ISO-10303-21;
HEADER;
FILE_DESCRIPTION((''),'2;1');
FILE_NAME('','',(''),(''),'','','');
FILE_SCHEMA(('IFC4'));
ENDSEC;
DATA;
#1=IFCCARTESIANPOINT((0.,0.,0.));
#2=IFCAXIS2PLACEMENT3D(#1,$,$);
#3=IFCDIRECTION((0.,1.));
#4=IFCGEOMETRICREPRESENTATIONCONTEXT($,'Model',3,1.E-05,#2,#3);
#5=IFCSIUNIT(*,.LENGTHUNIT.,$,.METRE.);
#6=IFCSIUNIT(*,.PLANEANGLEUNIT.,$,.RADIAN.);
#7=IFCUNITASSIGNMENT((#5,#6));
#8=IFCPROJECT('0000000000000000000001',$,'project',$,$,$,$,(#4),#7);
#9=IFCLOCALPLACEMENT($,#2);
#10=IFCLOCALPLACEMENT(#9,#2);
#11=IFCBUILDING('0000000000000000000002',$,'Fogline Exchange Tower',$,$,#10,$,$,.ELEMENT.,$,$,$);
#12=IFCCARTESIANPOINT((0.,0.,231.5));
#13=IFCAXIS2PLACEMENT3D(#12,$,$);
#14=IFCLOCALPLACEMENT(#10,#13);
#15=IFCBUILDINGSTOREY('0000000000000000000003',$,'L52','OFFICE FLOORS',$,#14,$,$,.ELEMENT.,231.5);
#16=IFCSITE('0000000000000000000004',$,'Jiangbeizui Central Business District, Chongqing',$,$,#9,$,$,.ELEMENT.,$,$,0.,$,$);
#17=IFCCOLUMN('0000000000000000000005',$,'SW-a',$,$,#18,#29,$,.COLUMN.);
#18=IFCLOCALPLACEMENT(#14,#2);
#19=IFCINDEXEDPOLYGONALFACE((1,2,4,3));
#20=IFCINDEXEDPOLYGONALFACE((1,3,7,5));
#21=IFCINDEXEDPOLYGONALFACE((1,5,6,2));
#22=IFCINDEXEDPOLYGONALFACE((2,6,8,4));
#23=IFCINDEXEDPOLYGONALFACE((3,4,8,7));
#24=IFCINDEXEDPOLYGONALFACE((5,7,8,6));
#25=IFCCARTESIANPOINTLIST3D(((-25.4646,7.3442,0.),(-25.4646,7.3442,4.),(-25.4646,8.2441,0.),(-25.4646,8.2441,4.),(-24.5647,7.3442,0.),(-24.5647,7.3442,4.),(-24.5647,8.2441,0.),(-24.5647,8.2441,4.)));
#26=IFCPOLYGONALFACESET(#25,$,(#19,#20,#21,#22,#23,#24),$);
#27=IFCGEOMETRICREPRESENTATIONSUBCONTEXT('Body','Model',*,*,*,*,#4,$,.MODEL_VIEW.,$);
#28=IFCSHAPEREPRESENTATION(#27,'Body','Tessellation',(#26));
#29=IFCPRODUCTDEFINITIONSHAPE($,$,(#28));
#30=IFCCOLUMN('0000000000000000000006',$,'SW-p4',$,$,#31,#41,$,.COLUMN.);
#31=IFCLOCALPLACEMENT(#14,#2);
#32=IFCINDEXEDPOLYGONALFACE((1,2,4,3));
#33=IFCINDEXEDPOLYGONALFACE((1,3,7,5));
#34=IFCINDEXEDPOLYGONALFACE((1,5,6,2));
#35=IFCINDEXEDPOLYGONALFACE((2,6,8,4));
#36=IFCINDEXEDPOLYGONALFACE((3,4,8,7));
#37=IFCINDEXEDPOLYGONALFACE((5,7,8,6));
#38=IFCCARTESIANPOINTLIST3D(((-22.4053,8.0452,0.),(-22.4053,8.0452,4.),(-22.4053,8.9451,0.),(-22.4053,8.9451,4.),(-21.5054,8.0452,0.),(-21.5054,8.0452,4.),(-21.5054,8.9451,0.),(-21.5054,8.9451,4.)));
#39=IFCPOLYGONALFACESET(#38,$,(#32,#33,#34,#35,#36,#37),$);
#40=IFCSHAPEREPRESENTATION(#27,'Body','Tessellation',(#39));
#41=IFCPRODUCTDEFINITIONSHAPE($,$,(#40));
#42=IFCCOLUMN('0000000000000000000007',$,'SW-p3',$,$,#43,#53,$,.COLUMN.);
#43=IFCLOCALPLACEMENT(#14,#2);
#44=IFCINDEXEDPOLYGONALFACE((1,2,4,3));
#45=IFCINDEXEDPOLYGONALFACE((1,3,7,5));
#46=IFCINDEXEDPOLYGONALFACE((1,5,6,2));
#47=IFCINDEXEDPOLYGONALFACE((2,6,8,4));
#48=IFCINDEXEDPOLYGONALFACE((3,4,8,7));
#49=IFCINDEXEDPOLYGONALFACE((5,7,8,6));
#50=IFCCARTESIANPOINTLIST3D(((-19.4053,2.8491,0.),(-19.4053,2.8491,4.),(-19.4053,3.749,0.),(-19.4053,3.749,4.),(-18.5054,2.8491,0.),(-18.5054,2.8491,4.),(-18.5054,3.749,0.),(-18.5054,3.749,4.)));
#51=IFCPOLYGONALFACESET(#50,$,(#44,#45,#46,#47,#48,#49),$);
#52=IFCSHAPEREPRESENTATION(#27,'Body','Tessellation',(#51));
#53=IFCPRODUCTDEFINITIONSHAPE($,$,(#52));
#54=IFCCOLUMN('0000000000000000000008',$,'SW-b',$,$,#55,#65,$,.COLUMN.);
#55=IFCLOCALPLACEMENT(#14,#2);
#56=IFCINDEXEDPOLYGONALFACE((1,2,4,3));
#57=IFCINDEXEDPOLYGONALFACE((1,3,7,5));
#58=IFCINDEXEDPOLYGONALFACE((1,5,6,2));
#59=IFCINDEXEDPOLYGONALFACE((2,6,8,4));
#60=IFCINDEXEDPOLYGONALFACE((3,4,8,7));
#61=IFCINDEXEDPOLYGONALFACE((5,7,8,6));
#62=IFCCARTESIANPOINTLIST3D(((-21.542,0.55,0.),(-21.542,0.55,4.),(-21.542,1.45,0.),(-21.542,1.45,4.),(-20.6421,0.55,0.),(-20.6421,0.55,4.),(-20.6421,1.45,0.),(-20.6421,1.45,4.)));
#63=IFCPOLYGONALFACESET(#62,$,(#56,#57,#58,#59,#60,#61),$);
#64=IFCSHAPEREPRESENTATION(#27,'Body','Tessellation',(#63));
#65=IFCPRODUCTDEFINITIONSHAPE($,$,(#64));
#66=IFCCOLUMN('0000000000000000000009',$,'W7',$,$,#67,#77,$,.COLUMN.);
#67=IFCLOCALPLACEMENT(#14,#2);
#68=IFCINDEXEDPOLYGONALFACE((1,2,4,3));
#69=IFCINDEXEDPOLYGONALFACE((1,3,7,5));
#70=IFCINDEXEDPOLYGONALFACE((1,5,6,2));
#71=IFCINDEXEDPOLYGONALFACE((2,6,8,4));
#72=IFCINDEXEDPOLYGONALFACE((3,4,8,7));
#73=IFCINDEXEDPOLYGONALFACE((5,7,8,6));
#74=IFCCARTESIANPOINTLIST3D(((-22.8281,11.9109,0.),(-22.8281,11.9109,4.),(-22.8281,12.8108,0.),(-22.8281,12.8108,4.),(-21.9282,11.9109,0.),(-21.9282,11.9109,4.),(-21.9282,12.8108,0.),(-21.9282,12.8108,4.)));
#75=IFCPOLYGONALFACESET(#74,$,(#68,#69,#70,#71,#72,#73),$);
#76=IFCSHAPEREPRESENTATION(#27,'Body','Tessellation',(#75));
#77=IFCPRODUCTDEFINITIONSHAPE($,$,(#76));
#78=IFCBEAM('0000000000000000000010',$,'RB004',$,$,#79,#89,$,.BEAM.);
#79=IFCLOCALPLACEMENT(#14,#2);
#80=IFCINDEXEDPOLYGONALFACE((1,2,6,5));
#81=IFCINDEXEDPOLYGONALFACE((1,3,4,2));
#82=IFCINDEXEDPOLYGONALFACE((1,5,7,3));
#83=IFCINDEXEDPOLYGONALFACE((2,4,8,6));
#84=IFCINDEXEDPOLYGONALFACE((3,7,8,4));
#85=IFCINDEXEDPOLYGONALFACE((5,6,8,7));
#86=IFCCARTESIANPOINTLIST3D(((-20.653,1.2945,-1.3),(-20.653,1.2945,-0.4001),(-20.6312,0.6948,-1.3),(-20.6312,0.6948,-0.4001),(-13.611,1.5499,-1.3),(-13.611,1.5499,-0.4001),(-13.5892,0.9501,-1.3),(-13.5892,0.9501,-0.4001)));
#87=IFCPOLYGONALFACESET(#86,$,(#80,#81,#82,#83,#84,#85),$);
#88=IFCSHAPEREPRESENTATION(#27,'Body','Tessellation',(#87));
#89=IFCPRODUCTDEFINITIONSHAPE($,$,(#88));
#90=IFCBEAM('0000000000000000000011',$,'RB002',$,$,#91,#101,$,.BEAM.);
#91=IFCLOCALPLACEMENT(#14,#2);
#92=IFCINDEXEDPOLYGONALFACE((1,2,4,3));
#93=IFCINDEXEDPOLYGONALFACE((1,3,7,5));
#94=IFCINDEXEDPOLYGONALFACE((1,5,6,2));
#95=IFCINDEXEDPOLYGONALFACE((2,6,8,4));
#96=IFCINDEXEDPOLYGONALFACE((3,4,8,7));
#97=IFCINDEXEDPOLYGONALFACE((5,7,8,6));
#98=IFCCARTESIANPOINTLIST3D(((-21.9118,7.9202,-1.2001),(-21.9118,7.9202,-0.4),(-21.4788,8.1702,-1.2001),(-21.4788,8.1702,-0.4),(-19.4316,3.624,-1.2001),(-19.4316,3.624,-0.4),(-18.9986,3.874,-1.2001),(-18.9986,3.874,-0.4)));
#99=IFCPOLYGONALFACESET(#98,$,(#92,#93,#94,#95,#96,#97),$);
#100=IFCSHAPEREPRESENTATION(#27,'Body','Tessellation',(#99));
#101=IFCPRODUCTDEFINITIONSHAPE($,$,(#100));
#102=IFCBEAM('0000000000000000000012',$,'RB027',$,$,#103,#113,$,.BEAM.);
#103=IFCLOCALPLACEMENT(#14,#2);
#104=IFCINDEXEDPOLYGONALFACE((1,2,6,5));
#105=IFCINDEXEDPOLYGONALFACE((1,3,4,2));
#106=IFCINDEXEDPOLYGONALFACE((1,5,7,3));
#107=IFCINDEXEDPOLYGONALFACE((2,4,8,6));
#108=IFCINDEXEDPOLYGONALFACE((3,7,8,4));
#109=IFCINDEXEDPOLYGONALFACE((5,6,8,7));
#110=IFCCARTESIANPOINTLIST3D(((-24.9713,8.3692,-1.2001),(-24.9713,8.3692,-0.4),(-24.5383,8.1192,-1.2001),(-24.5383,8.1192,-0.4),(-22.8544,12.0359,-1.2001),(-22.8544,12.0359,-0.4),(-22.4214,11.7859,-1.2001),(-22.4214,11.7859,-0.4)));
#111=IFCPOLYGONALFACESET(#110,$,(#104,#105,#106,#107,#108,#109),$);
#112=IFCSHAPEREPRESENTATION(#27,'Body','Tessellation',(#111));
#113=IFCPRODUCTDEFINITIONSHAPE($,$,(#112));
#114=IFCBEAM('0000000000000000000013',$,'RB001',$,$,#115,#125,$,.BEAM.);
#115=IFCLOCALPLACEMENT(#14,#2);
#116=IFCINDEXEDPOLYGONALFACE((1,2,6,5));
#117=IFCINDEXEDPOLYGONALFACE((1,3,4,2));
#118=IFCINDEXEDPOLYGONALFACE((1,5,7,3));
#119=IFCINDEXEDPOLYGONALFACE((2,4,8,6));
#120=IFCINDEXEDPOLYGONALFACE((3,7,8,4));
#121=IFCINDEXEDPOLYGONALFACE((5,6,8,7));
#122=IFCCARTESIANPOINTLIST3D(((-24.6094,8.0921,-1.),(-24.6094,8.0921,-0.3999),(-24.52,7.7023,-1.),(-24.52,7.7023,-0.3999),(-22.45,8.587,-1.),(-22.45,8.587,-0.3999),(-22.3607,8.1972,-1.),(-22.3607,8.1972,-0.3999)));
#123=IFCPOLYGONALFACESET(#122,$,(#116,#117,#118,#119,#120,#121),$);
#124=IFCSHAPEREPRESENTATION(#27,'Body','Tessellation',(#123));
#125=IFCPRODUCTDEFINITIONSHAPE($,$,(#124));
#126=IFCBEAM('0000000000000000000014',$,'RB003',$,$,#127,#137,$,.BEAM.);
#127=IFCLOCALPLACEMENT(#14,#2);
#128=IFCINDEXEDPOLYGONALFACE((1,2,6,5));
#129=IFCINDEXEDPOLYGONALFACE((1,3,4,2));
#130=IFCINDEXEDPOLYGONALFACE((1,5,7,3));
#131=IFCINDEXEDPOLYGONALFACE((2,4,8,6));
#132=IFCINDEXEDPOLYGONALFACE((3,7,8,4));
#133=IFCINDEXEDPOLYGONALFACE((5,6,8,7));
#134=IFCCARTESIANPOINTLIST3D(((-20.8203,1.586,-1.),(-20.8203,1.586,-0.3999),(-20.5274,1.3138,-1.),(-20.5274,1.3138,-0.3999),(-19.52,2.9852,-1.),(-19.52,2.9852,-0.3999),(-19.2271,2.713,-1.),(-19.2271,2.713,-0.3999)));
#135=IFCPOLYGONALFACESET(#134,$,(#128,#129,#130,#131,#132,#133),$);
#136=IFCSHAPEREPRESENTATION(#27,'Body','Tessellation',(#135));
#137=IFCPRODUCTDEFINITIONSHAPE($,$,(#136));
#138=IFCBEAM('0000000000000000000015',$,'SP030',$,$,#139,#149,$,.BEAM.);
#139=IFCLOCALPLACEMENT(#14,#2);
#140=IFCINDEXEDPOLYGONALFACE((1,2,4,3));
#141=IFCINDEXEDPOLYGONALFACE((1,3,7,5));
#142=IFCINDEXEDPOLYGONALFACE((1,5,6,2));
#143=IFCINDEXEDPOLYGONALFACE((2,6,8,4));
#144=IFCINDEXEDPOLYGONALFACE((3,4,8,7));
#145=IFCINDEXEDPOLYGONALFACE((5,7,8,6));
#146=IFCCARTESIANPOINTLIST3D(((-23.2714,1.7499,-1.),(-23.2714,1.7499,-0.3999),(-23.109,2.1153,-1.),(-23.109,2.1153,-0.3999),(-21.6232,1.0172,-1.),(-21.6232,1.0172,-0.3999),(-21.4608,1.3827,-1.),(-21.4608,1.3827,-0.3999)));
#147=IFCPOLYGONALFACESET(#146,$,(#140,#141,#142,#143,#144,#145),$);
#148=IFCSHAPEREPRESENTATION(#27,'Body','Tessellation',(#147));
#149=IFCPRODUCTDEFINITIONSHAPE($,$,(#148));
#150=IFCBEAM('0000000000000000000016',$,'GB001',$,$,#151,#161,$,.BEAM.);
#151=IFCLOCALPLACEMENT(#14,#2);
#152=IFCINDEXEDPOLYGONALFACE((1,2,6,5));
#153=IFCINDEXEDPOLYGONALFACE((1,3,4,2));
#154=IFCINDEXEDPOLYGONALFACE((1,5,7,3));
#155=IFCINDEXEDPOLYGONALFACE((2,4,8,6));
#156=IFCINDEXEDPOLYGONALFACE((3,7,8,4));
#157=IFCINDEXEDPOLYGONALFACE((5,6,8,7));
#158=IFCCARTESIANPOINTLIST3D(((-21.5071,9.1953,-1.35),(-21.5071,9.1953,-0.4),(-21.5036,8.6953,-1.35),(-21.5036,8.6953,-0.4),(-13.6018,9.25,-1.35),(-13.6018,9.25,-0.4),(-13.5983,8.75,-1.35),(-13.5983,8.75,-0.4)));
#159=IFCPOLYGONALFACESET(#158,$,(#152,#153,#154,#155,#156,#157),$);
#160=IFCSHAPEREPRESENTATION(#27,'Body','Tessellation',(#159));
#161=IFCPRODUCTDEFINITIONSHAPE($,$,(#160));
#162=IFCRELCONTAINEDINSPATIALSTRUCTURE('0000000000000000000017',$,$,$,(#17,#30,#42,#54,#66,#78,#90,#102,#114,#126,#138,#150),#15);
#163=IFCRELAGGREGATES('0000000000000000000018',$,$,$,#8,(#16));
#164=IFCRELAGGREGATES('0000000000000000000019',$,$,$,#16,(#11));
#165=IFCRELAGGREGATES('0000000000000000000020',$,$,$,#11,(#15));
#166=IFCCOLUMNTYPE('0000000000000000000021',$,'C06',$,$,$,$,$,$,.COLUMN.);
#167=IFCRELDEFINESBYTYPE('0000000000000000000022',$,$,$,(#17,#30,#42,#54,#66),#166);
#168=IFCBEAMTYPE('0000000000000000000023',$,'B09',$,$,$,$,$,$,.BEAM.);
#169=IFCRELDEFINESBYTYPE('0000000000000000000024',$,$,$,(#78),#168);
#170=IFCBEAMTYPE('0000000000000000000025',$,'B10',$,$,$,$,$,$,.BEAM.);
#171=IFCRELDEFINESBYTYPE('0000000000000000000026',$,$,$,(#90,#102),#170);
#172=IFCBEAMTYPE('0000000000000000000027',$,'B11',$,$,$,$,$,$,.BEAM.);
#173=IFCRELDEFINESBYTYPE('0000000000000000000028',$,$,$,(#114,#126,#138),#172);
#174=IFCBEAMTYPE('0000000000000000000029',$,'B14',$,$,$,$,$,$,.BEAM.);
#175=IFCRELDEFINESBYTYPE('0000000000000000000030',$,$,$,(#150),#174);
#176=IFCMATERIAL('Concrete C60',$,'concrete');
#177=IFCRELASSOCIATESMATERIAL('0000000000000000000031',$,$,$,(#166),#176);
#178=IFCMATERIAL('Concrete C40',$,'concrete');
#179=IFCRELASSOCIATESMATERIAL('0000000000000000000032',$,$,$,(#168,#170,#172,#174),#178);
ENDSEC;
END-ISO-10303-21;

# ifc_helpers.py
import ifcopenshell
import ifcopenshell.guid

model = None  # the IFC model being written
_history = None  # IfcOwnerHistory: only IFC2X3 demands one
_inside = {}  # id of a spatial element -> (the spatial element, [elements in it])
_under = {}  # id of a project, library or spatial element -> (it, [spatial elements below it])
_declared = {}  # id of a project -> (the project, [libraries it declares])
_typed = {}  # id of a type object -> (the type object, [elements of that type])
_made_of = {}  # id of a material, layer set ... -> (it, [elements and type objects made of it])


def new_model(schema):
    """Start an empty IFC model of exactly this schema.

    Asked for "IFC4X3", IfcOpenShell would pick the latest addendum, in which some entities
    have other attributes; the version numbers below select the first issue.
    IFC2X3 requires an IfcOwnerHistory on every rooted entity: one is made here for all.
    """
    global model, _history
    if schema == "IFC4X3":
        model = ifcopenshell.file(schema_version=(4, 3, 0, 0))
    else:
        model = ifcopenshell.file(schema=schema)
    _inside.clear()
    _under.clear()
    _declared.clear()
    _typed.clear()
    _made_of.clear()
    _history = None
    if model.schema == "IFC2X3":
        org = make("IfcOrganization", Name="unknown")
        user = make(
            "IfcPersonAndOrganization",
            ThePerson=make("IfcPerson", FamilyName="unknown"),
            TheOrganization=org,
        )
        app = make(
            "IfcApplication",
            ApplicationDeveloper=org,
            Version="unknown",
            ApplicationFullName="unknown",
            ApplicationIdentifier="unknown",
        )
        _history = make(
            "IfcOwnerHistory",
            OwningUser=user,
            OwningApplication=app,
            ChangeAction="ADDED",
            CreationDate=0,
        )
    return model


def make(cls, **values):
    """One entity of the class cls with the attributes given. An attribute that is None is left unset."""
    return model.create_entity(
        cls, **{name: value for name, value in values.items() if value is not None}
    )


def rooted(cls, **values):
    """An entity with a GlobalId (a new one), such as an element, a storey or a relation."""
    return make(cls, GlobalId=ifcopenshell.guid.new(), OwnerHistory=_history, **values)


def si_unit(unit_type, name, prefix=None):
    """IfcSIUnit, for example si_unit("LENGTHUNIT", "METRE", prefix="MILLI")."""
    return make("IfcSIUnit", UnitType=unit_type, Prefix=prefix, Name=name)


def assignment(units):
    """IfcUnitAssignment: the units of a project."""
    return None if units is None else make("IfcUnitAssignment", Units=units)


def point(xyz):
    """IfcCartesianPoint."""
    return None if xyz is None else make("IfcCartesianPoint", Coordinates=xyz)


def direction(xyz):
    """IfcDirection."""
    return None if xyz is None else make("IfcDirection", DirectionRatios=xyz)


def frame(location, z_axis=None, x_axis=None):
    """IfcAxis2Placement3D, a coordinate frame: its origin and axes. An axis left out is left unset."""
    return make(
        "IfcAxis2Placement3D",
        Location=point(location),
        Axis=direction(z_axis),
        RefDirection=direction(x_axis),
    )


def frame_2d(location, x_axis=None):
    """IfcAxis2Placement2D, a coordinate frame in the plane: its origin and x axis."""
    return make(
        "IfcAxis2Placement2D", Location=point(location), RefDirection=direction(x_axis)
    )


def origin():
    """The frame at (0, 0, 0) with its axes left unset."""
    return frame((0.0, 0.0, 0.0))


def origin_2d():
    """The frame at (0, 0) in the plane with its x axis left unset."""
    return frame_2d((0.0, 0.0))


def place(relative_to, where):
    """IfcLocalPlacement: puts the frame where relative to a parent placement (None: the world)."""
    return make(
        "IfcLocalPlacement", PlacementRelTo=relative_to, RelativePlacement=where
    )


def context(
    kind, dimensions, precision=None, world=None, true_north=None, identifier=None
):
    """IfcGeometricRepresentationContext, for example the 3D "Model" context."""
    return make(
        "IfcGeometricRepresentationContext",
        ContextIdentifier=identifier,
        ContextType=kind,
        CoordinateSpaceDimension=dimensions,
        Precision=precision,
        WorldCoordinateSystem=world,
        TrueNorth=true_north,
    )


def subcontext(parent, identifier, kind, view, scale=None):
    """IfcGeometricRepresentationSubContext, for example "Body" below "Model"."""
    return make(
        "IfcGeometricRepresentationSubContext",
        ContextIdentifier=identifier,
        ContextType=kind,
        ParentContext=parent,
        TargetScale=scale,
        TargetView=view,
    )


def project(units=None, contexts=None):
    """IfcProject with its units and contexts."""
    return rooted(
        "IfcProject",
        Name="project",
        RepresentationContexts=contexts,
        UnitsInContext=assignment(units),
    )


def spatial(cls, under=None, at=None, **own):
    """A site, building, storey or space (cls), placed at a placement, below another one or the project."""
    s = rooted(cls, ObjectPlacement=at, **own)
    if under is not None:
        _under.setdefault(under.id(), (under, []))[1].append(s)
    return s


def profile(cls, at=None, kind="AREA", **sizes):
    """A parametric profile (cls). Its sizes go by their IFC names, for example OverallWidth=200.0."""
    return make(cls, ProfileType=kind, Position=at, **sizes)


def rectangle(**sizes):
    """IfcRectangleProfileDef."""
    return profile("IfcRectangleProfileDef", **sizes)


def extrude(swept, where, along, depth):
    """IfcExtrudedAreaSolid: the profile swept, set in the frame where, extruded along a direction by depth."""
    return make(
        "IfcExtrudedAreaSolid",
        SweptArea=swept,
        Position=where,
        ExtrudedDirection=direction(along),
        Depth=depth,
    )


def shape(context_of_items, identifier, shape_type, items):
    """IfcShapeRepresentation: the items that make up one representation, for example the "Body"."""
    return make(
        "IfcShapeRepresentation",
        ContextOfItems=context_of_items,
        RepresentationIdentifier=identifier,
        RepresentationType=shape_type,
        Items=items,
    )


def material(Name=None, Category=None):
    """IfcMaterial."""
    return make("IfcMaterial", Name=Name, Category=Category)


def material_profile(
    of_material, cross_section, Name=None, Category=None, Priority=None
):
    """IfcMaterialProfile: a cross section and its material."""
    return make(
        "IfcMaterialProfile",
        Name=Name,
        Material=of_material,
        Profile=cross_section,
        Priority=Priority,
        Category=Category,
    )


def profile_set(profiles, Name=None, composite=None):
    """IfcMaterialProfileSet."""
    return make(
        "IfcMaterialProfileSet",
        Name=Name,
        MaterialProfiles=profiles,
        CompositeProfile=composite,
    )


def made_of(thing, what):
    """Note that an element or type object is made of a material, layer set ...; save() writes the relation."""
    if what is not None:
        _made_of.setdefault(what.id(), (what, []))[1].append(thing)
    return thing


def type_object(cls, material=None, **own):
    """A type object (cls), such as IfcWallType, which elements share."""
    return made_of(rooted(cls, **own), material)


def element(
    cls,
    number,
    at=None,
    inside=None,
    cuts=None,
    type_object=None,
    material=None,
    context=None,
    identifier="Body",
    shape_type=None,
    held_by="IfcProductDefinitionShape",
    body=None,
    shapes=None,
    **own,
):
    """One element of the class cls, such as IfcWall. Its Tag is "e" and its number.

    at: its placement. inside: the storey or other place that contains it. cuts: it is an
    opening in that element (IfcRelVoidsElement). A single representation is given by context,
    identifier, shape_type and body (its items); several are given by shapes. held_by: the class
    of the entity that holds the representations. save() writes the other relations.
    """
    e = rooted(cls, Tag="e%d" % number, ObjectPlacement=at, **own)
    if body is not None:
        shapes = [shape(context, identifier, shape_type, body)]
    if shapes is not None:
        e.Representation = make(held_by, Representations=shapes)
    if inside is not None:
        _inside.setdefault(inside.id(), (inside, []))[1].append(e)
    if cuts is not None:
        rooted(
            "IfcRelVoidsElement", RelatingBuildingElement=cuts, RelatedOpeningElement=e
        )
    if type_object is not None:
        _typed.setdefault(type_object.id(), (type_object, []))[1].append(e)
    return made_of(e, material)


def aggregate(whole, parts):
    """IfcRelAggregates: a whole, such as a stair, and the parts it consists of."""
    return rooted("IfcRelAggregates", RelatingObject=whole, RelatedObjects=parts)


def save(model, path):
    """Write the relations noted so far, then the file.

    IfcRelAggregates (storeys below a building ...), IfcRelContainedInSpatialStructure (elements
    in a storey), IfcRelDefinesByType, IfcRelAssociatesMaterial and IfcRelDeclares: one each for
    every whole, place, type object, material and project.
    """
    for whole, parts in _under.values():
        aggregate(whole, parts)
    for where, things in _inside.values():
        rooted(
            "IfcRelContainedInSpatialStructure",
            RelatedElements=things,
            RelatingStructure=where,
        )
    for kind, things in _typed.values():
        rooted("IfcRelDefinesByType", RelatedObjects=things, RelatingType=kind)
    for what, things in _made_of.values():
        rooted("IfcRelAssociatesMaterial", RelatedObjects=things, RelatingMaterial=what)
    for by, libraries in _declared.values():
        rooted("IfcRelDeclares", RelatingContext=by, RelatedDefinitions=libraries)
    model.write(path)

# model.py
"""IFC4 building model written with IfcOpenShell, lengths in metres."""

from ifc_helpers import new_model, si_unit, direction, frame, origin, origin_2d, place, context, subcontext, project, spatial, rectangle, extrude, material, material_profile, profile_set, type_object, element, save


model = new_model("IFC4")

# Units and contexts
model_context = context("Model", 3, precision=1e-05, world=origin(), true_north=direction((0.0, 1.0)))
body_context = subcontext(model_context, "Body", "Model", "MODEL_VIEW")
ifc_project = project(units=[si_unit("LENGTHUNIT", "METRE"), si_unit("PLANEANGLEUNIT", "RADIAN")], contexts=[model_context])

# Site, building, storey
site_placement = place(None, origin())
site = spatial("IfcSite", under=ifc_project, at=site_placement, Name="Jiangbeizui Central Business District, Chongqing", CompositionType="ELEMENT", RefElevation=0.0)
building_placement = place(site_placement, origin())
building = spatial("IfcBuilding", under=site, at=building_placement, Name="Fogline Exchange Tower", CompositionType="ELEMENT")
storey_placement = place(building_placement, frame((0.0, 0.0, 231.5)))
storey = spatial("IfcBuildingStorey", under=building, at=storey_placement, Name="L52", Description="OFFICE FLOORS", CompositionType="ELEMENT", Elevation=231.5)

# Columns
ifc_material_1 = material(Name="Concrete C60", Category="concrete")
ifc_material_profile_1 = material_profile(ifc_material_1, rectangle(XDim=0.8999, YDim=0.8999, at=origin_2d()), Name="RC 900x900")
ifc_profile_set_1 = profile_set([ifc_material_profile_1], Name="Concrete C60")
column_type = type_object("IfcColumnType", Name="C06", PredefinedType="COLUMN", material=ifc_profile_set_1)
for number, where, z_axis, x_axis, name in (
    (1, (-25.0146, 7.7942, 0.0), (0.0, 0.0, 1.0), (1.0, 0.0, 0.0), "SW-a"),
    (2, (-21.9553, 8.4951, 0.0), (0.0, 0.0, 1.0), (1.0, 0.0, 0.0), "SW-p4"),
    (3, (-18.9553, 3.2991, 0.0), (0.0, 0.0, 1.0), (1.0, 0.0, 0.0), "SW-p3"),
    (4, (-21.092, 1.0, 0.0), (0.0, 0.0, 1.0), (1.0, 0.0, 0.0), "SW-b"),
    (5, (-22.3782, 12.3608, 0.0), (0.0, 0.0, 1.0), (1.0, 0.0, 0.0), "W7"),
):
    element("IfcColumn", number, at=place(storey_placement, frame(where, z_axis=z_axis, x_axis=x_axis)), inside=storey, type_object=column_type, Name=name, PredefinedType="COLUMN", context=body_context, shape_type="SweptSolid", body=[
        extrude(rectangle(XDim=0.8999, YDim=0.8999, at=origin_2d()), origin(), (0.0, 0.0, 1.0), 4.0),
    ])

# Beams
ifc_material_2 = material(Name="Concrete C40", Category="concrete")
ifc_material_profile_2 = material_profile(ifc_material_2, rectangle(XDim=0.6001, YDim=0.8999, at=origin_2d()), Name="RC 600x900")
ifc_profile_set_2 = profile_set([ifc_material_profile_2], Name="Concrete C40")
beam_type_1 = type_object("IfcBeamType", Name="B09", PredefinedType="BEAM", material=ifc_profile_set_2)
beam_1_placement = place(storey_placement, frame((-20.6421, 0.9946, -0.8501), z_axis=(0.999343, 0.03624, 0.0), x_axis=(-0.03624, 0.999343, 0.0)))
element("IfcBeam", 6, at=beam_1_placement, inside=storey, type_object=beam_type_1, Name="RB004", PredefinedType="BEAM", context=body_context, shape_type="SweptSolid", body=[
    extrude(rectangle(XDim=0.6001, YDim=0.8999, at=origin_2d()), origin(), (0.0, 0.0, 1.0), 7.0466),
])
ifc_material_profile_3 = material_profile(ifc_material_2, rectangle(XDim=0.5, YDim=0.8, at=origin_2d()), Name="RC 500x800")
ifc_profile_set_3 = profile_set([ifc_material_profile_3], Name="Concrete C40")
beam_type_2 = type_object("IfcBeamType", Name="B10", PredefinedType="BEAM", material=ifc_profile_set_3)
beam_2_placement = place(storey_placement, frame((-21.6953, 8.0452, -0.8), z_axis=(0.499977, -0.866039, 0.0), x_axis=(0.866039, 0.499977, 0.0)))
element("IfcBeam", 7, at=beam_2_placement, inside=storey, type_object=beam_type_2, Name="RB002", PredefinedType="BEAM", context=body_context, shape_type="SweptSolid", body=[
    extrude(rectangle(XDim=0.5, YDim=0.8, at=origin_2d()), origin(), (0.0, 0.0, 1.0), 4.9607),
])
beam_3_placement = place(storey_placement, frame((-22.6379, 11.9109, -0.8), z_axis=(-0.49999, -0.866031, 0.0), x_axis=(0.866031, -0.49999, 0.0)))
element("IfcBeam", 8, at=beam_3_placement, inside=storey, type_object=beam_type_2, Name="RB027", PredefinedType="BEAM", context=body_context, shape_type="SweptSolid", body=[
    extrude(rectangle(XDim=0.5, YDim=0.8, at=origin_2d()), origin(), (0.0, 0.0, 1.0), 4.2339),
])
ifc_material_profile_4 = material_profile(ifc_material_2, rectangle(XDim=0.3999, YDim=0.6001, at=origin_2d()), Name="RC 400x600")
ifc_profile_set_4 = profile_set([ifc_material_profile_4], Name="Concrete C40")
beam_type_3 = type_object("IfcBeamType", Name="B11", PredefinedType="BEAM", material=ifc_profile_set_4)
beam_4_placement = place(storey_placement, frame((-24.5647, 7.8972, -0.7), z_axis=(0.974732, 0.223378, 0.0), x_axis=(-0.223378, 0.974732, 0.0)))
element("IfcBeam", 9, at=beam_4_placement, inside=storey, type_object=beam_type_3, Name="RB001", PredefinedType="BEAM", context=body_context, shape_type="SweptSolid", body=[
    extrude(rectangle(XDim=0.3999, YDim=0.6001, at=origin_2d()), origin(), (0.0, 0.0, 1.0), 2.2153),
])
beam_5_placement = place(storey_placement, frame((-19.3735, 2.8491, -0.7), z_axis=(-0.68075, -0.732516, 0.0), x_axis=(0.732516, -0.68075, 0.0)))
element("IfcBeam", 10, at=beam_5_placement, inside=storey, type_object=beam_type_3, Name="RB003", PredefinedType="BEAM", context=body_context, shape_type="SweptSolid", body=[
    extrude(rectangle(XDim=0.3999, YDim=0.6001, at=origin_2d()), origin(), (0.0, 0.0, 1.0), 1.9102),
])
beam_6_placement = place(storey_placement, frame((-21.542, 1.2, -0.7), z_axis=(-0.913784, 0.406201, 0.0), x_axis=(-0.406201, -0.913784, 0.0)))
element("IfcBeam", 11, at=beam_6_placement, inside=storey, type_object=beam_type_3, Name="SP030", PredefinedType="BEAM", context=body_context, shape_type="SweptSolid", body=[
    extrude(rectangle(XDim=0.3999, YDim=0.6001, at=origin_2d()), origin(), (0.0, 0.0, 1.0), 1.8037),
])
ifc_material_profile_5 = material_profile(ifc_material_2, rectangle(XDim=0.5, YDim=0.95, at=origin_2d()), Name="RC 500x950")
ifc_profile_set_5 = profile_set([ifc_material_profile_5], Name="Concrete C40")
beam_type_4 = type_object("IfcBeamType", Name="B14", PredefinedType="BEAM", material=ifc_profile_set_5)
beam_7_placement = place(storey_placement, frame((-21.5054, 8.9453, -0.875), z_axis=(0.999976, 0.006918, 0.0), x_axis=(-0.006918, 0.999976, 0.0)))
element("IfcBeam", 12, at=beam_7_placement, inside=storey, type_object=beam_type_4, Name="GB001", PredefinedType="BEAM", context=body_context, shape_type="SweptSolid", body=[
    extrude(rectangle(XDim=0.5, YDim=0.95, at=origin_2d()), origin(), (0.0, 0.0, 1.0), 7.9055),
])

save(model, "model.ifc")
